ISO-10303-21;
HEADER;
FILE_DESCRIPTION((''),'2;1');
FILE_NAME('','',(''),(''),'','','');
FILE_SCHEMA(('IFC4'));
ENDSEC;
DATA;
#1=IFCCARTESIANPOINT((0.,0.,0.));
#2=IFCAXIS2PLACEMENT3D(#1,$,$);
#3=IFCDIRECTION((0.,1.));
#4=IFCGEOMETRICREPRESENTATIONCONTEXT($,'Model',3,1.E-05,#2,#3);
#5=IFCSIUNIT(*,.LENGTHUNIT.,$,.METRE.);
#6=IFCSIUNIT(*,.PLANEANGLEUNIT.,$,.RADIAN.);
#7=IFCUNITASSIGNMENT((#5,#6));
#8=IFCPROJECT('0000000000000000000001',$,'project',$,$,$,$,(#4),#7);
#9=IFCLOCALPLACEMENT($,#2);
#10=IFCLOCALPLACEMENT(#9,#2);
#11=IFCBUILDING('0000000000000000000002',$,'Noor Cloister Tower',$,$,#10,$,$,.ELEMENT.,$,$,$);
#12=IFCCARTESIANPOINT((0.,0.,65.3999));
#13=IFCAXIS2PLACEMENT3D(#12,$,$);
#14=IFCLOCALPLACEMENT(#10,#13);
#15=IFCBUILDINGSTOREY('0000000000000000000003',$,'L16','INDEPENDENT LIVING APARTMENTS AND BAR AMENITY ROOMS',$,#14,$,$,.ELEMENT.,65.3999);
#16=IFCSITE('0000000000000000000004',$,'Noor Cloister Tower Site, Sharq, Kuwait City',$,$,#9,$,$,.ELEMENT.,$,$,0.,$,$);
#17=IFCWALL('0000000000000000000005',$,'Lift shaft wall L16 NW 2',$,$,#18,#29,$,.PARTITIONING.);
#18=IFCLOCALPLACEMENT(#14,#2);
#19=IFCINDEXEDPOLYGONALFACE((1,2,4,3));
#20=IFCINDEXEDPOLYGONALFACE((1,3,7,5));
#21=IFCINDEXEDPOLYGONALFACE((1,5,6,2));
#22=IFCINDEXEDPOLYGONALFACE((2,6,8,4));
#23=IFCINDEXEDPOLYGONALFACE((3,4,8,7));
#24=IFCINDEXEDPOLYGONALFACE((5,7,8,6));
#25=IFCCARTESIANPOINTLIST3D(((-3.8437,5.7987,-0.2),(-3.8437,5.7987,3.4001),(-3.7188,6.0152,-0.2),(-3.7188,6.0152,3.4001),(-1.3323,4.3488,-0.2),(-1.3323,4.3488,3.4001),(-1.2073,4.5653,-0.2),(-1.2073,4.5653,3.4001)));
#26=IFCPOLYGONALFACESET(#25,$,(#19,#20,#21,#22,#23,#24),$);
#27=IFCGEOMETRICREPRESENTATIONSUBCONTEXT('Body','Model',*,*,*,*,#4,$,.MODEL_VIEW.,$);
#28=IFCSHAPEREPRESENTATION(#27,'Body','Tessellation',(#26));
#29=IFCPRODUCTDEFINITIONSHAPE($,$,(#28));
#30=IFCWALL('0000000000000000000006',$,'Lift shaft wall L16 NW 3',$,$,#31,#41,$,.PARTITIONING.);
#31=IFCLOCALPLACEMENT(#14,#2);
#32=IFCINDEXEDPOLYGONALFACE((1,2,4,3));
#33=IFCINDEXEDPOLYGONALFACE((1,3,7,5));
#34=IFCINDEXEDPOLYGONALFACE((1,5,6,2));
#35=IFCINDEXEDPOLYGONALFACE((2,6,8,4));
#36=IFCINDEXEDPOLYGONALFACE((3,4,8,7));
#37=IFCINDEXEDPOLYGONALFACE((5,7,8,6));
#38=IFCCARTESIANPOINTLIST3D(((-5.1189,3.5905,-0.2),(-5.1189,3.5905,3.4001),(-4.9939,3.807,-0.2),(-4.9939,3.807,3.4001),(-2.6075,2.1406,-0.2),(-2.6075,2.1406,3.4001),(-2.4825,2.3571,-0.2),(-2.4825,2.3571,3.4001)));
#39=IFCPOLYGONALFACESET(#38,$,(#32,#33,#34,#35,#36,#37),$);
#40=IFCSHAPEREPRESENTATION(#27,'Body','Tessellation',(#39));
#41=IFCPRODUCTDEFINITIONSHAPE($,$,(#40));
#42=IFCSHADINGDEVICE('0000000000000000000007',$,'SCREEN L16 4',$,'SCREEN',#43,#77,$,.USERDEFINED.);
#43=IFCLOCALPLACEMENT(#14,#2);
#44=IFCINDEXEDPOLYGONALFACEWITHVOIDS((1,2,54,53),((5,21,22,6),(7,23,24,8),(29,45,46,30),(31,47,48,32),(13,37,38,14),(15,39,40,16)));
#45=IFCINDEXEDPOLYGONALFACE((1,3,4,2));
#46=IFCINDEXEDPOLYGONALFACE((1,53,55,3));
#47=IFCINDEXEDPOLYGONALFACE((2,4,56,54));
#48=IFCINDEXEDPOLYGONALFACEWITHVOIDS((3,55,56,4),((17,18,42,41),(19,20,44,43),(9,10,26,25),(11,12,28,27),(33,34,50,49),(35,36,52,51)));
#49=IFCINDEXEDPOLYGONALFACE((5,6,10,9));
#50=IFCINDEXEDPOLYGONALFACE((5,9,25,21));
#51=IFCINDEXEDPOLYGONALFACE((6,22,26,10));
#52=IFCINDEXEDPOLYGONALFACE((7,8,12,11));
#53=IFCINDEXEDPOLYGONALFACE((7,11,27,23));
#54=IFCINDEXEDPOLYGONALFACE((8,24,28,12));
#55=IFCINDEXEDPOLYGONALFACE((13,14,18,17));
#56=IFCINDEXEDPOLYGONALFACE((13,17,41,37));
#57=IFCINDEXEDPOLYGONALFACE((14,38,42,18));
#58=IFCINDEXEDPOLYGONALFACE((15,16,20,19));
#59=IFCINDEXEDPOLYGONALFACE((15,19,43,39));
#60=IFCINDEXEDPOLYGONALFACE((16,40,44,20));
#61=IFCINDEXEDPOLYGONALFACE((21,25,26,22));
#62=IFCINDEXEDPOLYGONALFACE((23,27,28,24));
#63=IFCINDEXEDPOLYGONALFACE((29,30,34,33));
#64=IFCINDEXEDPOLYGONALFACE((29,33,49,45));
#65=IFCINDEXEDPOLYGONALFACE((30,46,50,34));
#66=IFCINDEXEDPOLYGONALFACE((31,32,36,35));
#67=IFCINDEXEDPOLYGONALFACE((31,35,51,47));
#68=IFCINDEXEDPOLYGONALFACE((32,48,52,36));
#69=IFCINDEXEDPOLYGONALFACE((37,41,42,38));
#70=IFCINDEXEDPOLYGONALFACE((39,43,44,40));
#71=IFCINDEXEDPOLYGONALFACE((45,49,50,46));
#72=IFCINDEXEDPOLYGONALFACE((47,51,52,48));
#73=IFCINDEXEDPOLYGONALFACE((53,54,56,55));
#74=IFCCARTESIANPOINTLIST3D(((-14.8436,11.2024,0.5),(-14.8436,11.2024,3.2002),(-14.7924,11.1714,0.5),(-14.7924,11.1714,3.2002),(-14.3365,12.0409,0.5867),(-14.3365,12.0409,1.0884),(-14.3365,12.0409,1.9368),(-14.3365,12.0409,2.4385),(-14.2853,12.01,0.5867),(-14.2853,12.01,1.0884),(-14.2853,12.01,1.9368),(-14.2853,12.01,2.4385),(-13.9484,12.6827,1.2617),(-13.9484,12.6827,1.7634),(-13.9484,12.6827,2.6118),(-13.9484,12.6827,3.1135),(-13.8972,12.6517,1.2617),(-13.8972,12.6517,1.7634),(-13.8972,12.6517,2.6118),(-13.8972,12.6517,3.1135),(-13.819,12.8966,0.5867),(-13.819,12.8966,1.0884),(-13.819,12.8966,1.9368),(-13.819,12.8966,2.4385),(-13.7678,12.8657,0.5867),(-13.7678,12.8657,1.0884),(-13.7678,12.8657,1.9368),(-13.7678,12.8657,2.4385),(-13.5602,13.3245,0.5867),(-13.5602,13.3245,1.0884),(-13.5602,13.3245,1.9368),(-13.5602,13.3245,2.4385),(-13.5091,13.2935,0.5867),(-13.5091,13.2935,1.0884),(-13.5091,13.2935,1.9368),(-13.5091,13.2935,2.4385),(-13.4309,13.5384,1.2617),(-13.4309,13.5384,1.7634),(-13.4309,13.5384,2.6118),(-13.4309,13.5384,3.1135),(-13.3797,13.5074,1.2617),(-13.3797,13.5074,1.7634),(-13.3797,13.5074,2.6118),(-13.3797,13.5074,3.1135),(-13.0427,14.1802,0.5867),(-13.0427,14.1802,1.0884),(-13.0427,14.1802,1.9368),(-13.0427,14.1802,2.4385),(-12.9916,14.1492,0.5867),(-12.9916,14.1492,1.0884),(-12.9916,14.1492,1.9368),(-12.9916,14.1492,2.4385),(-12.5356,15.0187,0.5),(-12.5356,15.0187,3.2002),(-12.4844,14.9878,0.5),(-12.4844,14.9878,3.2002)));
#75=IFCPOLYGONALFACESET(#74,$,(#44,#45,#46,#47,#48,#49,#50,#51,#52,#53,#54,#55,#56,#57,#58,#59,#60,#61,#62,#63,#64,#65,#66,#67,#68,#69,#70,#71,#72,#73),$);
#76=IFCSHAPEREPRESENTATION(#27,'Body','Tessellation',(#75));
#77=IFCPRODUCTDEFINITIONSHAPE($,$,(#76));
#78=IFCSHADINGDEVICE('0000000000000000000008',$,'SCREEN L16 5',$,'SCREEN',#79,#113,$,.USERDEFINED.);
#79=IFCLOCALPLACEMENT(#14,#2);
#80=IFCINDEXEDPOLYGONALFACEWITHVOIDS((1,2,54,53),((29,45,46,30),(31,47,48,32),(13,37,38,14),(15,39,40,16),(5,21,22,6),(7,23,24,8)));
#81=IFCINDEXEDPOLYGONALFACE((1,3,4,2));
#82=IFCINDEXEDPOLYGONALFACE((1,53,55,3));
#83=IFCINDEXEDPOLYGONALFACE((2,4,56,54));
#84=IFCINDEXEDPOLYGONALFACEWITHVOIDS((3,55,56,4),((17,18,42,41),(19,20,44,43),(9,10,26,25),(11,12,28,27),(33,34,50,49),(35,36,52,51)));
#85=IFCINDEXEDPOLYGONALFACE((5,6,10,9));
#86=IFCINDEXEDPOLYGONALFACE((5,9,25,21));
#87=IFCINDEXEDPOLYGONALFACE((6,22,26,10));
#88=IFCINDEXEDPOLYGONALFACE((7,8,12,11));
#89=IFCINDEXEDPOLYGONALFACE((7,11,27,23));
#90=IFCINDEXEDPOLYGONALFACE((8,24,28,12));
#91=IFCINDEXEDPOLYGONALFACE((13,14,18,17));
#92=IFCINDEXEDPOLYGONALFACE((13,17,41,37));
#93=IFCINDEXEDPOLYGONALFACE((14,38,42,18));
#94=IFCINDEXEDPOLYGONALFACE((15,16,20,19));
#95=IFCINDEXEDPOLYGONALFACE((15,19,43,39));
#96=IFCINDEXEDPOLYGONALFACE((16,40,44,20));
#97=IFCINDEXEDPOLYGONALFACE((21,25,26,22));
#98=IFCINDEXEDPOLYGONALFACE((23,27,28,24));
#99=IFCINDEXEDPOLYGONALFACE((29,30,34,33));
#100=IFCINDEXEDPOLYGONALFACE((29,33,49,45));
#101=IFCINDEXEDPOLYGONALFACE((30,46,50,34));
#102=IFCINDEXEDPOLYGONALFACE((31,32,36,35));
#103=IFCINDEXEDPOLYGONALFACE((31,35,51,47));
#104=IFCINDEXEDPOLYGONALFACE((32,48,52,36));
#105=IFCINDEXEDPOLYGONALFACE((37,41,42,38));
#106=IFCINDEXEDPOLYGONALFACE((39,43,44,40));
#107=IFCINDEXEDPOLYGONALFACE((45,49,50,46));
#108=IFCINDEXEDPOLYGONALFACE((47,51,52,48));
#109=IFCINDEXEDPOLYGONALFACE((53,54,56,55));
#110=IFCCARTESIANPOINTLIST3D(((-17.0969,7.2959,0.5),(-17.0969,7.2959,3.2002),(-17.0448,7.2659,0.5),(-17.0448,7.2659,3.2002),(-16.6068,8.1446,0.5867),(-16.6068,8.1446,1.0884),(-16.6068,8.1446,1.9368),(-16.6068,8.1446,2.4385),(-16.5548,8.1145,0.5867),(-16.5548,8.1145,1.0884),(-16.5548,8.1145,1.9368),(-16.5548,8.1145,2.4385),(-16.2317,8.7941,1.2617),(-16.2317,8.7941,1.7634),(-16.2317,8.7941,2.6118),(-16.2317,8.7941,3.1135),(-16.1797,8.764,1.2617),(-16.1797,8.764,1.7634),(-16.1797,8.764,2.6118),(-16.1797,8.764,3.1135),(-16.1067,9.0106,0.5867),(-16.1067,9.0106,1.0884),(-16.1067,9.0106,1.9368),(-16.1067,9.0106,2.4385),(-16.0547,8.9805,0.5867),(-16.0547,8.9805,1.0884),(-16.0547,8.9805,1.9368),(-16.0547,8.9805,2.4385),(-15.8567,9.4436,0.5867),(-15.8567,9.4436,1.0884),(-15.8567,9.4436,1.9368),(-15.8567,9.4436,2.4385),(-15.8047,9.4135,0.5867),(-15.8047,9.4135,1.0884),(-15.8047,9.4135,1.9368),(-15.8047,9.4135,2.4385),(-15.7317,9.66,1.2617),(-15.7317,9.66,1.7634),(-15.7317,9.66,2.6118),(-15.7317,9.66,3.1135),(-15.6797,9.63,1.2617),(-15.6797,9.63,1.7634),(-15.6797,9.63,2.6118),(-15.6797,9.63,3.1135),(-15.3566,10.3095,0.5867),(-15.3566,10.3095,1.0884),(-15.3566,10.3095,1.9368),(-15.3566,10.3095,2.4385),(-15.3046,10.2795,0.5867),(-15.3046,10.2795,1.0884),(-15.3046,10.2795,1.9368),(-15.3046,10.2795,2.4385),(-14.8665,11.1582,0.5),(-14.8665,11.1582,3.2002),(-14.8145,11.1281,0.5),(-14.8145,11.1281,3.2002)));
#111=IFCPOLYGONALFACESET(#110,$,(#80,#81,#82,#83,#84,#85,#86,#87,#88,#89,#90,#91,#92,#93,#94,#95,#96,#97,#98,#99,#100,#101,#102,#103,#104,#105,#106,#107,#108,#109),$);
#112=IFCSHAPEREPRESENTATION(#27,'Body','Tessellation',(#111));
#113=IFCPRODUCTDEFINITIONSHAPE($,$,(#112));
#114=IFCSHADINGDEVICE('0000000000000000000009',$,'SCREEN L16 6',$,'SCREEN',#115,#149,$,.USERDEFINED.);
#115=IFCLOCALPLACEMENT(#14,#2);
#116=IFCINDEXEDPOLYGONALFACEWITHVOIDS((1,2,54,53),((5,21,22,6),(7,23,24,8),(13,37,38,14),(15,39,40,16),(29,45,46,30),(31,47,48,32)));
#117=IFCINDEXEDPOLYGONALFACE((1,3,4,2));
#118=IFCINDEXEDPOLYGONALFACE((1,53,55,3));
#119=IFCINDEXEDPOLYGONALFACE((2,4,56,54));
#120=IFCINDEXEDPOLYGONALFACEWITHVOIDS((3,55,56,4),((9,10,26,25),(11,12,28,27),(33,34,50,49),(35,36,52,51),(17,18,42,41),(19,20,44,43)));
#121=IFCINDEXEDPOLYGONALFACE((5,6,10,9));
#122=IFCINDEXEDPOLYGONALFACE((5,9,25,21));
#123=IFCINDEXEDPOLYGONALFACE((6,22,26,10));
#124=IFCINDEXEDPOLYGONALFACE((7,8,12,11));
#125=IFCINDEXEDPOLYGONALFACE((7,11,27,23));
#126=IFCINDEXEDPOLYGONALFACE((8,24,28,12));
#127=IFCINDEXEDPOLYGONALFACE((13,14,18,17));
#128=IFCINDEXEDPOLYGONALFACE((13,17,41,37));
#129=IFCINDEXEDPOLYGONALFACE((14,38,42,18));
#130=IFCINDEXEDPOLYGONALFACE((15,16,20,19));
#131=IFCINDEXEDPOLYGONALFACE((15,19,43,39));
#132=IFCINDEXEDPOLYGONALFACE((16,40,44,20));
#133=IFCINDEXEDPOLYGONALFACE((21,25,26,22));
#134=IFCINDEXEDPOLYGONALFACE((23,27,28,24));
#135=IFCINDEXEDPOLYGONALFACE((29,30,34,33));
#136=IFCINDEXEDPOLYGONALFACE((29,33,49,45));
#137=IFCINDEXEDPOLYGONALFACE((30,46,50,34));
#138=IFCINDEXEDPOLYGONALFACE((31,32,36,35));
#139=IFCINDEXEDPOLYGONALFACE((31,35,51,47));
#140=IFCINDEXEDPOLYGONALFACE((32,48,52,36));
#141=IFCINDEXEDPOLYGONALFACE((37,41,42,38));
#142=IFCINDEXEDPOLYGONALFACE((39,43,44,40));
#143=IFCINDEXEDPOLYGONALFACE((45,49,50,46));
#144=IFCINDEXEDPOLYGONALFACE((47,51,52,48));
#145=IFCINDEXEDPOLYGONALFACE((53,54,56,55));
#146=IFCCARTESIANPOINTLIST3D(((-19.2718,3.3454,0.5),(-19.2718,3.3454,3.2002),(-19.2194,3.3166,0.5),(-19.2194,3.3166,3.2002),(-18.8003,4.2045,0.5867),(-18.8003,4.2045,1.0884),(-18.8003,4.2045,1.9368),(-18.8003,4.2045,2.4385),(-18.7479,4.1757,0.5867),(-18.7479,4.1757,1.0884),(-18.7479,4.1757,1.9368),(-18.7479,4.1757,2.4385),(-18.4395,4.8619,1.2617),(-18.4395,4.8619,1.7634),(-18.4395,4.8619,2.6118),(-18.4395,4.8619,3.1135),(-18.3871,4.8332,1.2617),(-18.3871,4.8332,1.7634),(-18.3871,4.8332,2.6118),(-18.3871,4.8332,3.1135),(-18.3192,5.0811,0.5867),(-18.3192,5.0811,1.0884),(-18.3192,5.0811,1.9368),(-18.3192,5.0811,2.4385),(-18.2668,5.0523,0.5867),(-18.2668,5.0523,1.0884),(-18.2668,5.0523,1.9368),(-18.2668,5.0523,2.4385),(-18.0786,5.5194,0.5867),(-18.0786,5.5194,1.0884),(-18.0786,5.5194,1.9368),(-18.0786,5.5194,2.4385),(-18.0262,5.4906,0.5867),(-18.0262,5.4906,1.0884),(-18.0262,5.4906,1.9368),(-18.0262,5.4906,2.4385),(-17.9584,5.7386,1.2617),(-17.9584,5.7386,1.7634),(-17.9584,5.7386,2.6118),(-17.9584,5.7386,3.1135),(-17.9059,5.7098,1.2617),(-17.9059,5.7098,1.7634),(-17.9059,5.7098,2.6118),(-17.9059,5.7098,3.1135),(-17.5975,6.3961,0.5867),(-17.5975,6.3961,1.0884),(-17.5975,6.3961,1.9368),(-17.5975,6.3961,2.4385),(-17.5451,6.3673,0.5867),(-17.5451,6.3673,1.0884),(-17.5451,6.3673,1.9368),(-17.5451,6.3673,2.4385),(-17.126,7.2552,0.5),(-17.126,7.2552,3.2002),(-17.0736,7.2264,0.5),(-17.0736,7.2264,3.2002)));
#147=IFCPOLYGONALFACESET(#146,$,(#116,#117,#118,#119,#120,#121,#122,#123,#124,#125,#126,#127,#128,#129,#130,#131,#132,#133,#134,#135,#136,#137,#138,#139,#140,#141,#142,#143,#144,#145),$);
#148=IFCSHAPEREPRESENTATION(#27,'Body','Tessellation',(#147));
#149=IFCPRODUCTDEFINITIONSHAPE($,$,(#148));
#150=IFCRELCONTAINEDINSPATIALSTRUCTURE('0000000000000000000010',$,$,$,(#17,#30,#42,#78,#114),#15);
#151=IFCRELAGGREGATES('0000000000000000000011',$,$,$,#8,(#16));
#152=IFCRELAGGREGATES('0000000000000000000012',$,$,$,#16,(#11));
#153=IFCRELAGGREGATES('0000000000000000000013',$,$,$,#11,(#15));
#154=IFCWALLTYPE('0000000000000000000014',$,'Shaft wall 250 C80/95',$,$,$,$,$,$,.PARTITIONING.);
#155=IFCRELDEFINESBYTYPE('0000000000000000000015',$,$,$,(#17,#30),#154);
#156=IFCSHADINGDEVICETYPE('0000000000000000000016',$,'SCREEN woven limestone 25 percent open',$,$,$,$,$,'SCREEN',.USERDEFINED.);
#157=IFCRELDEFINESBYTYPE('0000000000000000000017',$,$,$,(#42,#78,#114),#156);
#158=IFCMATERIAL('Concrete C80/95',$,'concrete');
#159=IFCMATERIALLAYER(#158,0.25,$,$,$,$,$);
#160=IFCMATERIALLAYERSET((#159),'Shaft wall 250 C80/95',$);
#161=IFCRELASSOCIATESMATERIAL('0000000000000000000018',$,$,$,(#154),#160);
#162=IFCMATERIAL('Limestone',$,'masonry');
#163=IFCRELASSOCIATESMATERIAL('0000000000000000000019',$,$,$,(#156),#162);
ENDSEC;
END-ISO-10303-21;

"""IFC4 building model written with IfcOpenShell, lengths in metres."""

from ifc_helpers import new_model, si_unit, direction, frame, frame_2d, origin, place, context, subcontext, project, spatial, polyline, rectangle, outline, extrude, material, layer, layer_set, material_profile, profile_set, type_object, element, save


model = new_model("IFC4")

# Units and contexts
model_context = context("Model", 3, precision=1e-05, world=origin(), true_north=direction((0.0, 1.0)))
body_context = subcontext(model_context, "Body", "Model", "MODEL_VIEW")
ifc_project = project(units=[si_unit("LENGTHUNIT", "METRE"), si_unit("PLANEANGLEUNIT", "RADIAN")], contexts=[model_context])

# Site, building, storey
site_placement = place(None, origin())
site = spatial("IfcSite", under=ifc_project, at=site_placement, Name="Noor Cloister Tower Site, Sharq, Kuwait City", CompositionType="ELEMENT", RefElevation=0.0)
building_placement = place(site_placement, origin())
building = spatial("IfcBuilding", under=site, at=building_placement, Name="Noor Cloister Tower", CompositionType="ELEMENT")
storey_placement = place(building_placement, frame((0.0, 0.0, 65.3999)))
storey = spatial("IfcBuildingStorey", under=building, at=storey_placement, Name="L16", Description="INDEPENDENT LIVING APARTMENTS AND BAR AMENITY ROOMS", CompositionType="ELEMENT", Elevation=65.3999)

# Walls
ifc_material_1 = material(Name="Concrete C80/95", Category="concrete")
ifc_layer_1 = layer(ifc_material_1, 0.25)
ifc_layer_set_1 = layer_set([ifc_layer_1], Name="Shaft wall 250 C80/95")
wall_type_1 = type_object("IfcWallType", Name="Shaft wall 250 C80/95", PredefinedType="PARTITIONING", material=ifc_layer_set_1)
for number, where, z_axis, x_axis, name in (
    (1, (-3.7812, 5.907, -0.2), (0.0, 0.0, 1.0), (0.866033, -0.499987, 0.0), "Lift shaft wall L16 NW 2"),
    (2, (-5.0564, 3.6987, -0.2), (0.0, 0.0, 1.0), (0.866033, -0.499987, 0.0), "Lift shaft wall L16 NW 3"),
):
    element("IfcWall", number, at=place(storey_placement, frame(where, z_axis=z_axis, x_axis=x_axis)), inside=storey, type_object=wall_type_1, Name=name, PredefinedType="PARTITIONING", context=body_context, shape_type="SweptSolid", body=[
        extrude(rectangle(XDim=2.8999, YDim=0.25, at=frame_2d((1.45, 0.0))), origin(), (0.0, 0.0, 1.0), 3.6001),
    ])

# Shading devices
ifc_material_2 = material(Name="Limestone", Category="masonry")
ifc_material_profile_1 = material_profile(ifc_material_2, outline(polyline([(-2.23, -1.3501), (2.23, -1.3501), (2.23, 1.3501), (-2.23, 1.3501), (-2.23, -1.3501)]), holes=[polyline([(-1.25, -1.2634), (-0.25, -1.2634), (-0.25, -0.7617), (-1.25, -0.7617), (-1.25, -1.2634)]), polyline([(0.25, -1.2634), (1.25, -1.2634), (1.25, -0.7617), (0.25, -0.7617), (0.25, -1.2634)]), polyline([(-0.5, -0.5884), (0.5, -0.5884), (0.5, -0.0867), (-0.5, -0.0867), (-0.5, -0.5884)]), polyline([(-1.25, 0.0867), (-0.25, 0.0867), (-0.25, 0.5884), (-1.25, 0.5884), (-1.25, 0.0867)]), polyline([(0.25, 0.0867), (1.25, 0.0867), (1.25, 0.5884), (0.25, 0.5884), (0.25, 0.0867)]), polyline([(-0.5, 0.7617), (0.5, 0.7617), (0.5, 1.2634), (-0.5, 1.2634), (-0.5, 0.7617)])]), Name="Woven screen 25 percent open")
ifc_profile_set_1 = profile_set([ifc_material_profile_1], Name="Limestone")
shading_device_type = type_object("IfcShadingDeviceType", Name="SCREEN woven limestone 25 percent open", ElementType="SCREEN", PredefinedType="USERDEFINED", material=ifc_profile_set_1)
shading_device_1_placement = place(storey_placement, frame((-13.6384, 13.0796, 1.8501), z_axis=(-0.85569, 0.517489, 0.0), x_axis=(-0.517489, -0.85569, 0.0)))
element("IfcShadingDevice", 3, at=shading_device_1_placement, inside=storey, type_object=shading_device_type, Name="SCREEN L16 4", ObjectType="SCREEN", PredefinedType="USERDEFINED", context=body_context, shape_type="SweptSolid", body=[
    extrude(outline(polyline([(-2.23, -1.3501), (2.23, -1.3501), (2.23, 1.3501), (-2.23, 1.3501), (-2.23, -1.3501)]), holes=[polyline([(-1.25, -1.2634), (-0.25, -1.2634), (-0.25, -0.7617), (-1.25, -0.7617), (-1.25, -1.2634)]), polyline([(0.25, -1.2634), (1.25, -1.2634), (1.25, -0.7617), (0.25, -0.7617), (0.25, -1.2634)]), polyline([(-0.5, -0.5884), (0.5, -0.5884), (0.5, -0.0867), (-0.5, -0.0867), (-0.5, -0.5884)]), polyline([(-1.25, 0.0867), (-0.25, 0.0867), (-0.25, 0.5884), (-1.25, 0.5884), (-1.25, 0.0867)]), polyline([(0.25, 0.0867), (1.25, 0.0867), (1.25, 0.5884), (0.25, 0.5884), (0.25, 0.0867)]), polyline([(-0.5, 0.7617), (0.5, 0.7617), (0.5, 1.2634), (-0.5, 1.2634), (-0.5, 0.7617)])]), origin(), (0.0, 0.0, 1.0), 0.0598),
])
shading_device_2_placement = place(storey_placement, frame((-15.9297, 9.197, 1.8501), z_axis=(-0.865982, 0.500074, 0.0), x_axis=(-0.500074, -0.865982, 0.0)))
element("IfcShadingDevice", 4, at=shading_device_2_placement, inside=storey, type_object=shading_device_type, Name="SCREEN L16 5", ObjectType="SCREEN", PredefinedType="USERDEFINED", context=body_context, shape_type="SweptSolid", body=[
    extrude(outline(polyline([(-2.23, -1.3501), (2.23, -1.3501), (2.23, 1.3501), (-2.23, 1.3501), (-2.23, -1.3501)]), holes=[polyline([(-1.25, -1.2634), (-0.25, -1.2634), (-0.25, -0.7617), (-1.25, -0.7617), (-1.25, -1.2634)]), polyline([(0.25, -1.2634), (1.25, -1.2634), (1.25, -0.7617), (0.25, -0.7617), (0.25, -1.2634)]), polyline([(-0.5, -0.5884), (0.5, -0.5884), (0.5, -0.0867), (-0.5, -0.0867), (-0.5, -0.5884)]), polyline([(-1.25, 0.0867), (-0.25, 0.0867), (-0.25, 0.5884), (-1.25, 0.5884), (-1.25, 0.0867)]), polyline([(0.25, 0.0867), (1.25, 0.0867), (1.25, 0.5884), (0.25, 0.5884), (0.25, 0.0867)]), polyline([(-0.5, 0.7617), (0.5, 0.7617), (0.5, 1.2634), (-0.5, 1.2634), (-0.5, 0.7617)])]), origin(), (0.0, 0.0, 1.0), 0.0601),
])
shading_device_3_placement = place(storey_placement, frame((-18.1465, 5.2715, 1.8501), z_axis=(-0.876646, 0.481136, 0.0), x_axis=(-0.481136, -0.876646, 0.0)))
element("IfcShadingDevice", 5, at=shading_device_3_placement, inside=storey, type_object=shading_device_type, Name="SCREEN L16 6", ObjectType="SCREEN", PredefinedType="USERDEFINED", context=body_context, shape_type="SweptSolid", body=[
    extrude(outline(polyline([(-2.23, -1.3501), (2.23, -1.3501), (2.23, 1.3501), (-2.23, 1.3501), (-2.23, -1.3501)]), holes=[polyline([(-1.25, -1.2634), (-0.25, -1.2634), (-0.25, -0.7617), (-1.25, -0.7617), (-1.25, -1.2634)]), polyline([(0.25, -1.2634), (1.25, -1.2634), (1.25, -0.7617), (0.25, -0.7617), (0.25, -1.2634)]), polyline([(-0.5, -0.5884), (0.5, -0.5884), (0.5, -0.0867), (-0.5, -0.0867), (-0.5, -0.5884)]), polyline([(-1.25, 0.0867), (-0.25, 0.0867), (-0.25, 0.5884), (-1.25, 0.5884), (-1.25, 0.0867)]), polyline([(0.25, 0.0867), (1.25, 0.0867), (1.25, 0.5884), (0.25, 0.5884), (0.25, 0.0867)]), polyline([(-0.5, 0.7617), (0.5, 0.7617), (0.5, 1.2634), (-0.5, 1.2634), (-0.5, 0.7617)])]), origin(), (0.0, 0.0, 1.0), 0.0598),
])

save(model, "model.ifc")
